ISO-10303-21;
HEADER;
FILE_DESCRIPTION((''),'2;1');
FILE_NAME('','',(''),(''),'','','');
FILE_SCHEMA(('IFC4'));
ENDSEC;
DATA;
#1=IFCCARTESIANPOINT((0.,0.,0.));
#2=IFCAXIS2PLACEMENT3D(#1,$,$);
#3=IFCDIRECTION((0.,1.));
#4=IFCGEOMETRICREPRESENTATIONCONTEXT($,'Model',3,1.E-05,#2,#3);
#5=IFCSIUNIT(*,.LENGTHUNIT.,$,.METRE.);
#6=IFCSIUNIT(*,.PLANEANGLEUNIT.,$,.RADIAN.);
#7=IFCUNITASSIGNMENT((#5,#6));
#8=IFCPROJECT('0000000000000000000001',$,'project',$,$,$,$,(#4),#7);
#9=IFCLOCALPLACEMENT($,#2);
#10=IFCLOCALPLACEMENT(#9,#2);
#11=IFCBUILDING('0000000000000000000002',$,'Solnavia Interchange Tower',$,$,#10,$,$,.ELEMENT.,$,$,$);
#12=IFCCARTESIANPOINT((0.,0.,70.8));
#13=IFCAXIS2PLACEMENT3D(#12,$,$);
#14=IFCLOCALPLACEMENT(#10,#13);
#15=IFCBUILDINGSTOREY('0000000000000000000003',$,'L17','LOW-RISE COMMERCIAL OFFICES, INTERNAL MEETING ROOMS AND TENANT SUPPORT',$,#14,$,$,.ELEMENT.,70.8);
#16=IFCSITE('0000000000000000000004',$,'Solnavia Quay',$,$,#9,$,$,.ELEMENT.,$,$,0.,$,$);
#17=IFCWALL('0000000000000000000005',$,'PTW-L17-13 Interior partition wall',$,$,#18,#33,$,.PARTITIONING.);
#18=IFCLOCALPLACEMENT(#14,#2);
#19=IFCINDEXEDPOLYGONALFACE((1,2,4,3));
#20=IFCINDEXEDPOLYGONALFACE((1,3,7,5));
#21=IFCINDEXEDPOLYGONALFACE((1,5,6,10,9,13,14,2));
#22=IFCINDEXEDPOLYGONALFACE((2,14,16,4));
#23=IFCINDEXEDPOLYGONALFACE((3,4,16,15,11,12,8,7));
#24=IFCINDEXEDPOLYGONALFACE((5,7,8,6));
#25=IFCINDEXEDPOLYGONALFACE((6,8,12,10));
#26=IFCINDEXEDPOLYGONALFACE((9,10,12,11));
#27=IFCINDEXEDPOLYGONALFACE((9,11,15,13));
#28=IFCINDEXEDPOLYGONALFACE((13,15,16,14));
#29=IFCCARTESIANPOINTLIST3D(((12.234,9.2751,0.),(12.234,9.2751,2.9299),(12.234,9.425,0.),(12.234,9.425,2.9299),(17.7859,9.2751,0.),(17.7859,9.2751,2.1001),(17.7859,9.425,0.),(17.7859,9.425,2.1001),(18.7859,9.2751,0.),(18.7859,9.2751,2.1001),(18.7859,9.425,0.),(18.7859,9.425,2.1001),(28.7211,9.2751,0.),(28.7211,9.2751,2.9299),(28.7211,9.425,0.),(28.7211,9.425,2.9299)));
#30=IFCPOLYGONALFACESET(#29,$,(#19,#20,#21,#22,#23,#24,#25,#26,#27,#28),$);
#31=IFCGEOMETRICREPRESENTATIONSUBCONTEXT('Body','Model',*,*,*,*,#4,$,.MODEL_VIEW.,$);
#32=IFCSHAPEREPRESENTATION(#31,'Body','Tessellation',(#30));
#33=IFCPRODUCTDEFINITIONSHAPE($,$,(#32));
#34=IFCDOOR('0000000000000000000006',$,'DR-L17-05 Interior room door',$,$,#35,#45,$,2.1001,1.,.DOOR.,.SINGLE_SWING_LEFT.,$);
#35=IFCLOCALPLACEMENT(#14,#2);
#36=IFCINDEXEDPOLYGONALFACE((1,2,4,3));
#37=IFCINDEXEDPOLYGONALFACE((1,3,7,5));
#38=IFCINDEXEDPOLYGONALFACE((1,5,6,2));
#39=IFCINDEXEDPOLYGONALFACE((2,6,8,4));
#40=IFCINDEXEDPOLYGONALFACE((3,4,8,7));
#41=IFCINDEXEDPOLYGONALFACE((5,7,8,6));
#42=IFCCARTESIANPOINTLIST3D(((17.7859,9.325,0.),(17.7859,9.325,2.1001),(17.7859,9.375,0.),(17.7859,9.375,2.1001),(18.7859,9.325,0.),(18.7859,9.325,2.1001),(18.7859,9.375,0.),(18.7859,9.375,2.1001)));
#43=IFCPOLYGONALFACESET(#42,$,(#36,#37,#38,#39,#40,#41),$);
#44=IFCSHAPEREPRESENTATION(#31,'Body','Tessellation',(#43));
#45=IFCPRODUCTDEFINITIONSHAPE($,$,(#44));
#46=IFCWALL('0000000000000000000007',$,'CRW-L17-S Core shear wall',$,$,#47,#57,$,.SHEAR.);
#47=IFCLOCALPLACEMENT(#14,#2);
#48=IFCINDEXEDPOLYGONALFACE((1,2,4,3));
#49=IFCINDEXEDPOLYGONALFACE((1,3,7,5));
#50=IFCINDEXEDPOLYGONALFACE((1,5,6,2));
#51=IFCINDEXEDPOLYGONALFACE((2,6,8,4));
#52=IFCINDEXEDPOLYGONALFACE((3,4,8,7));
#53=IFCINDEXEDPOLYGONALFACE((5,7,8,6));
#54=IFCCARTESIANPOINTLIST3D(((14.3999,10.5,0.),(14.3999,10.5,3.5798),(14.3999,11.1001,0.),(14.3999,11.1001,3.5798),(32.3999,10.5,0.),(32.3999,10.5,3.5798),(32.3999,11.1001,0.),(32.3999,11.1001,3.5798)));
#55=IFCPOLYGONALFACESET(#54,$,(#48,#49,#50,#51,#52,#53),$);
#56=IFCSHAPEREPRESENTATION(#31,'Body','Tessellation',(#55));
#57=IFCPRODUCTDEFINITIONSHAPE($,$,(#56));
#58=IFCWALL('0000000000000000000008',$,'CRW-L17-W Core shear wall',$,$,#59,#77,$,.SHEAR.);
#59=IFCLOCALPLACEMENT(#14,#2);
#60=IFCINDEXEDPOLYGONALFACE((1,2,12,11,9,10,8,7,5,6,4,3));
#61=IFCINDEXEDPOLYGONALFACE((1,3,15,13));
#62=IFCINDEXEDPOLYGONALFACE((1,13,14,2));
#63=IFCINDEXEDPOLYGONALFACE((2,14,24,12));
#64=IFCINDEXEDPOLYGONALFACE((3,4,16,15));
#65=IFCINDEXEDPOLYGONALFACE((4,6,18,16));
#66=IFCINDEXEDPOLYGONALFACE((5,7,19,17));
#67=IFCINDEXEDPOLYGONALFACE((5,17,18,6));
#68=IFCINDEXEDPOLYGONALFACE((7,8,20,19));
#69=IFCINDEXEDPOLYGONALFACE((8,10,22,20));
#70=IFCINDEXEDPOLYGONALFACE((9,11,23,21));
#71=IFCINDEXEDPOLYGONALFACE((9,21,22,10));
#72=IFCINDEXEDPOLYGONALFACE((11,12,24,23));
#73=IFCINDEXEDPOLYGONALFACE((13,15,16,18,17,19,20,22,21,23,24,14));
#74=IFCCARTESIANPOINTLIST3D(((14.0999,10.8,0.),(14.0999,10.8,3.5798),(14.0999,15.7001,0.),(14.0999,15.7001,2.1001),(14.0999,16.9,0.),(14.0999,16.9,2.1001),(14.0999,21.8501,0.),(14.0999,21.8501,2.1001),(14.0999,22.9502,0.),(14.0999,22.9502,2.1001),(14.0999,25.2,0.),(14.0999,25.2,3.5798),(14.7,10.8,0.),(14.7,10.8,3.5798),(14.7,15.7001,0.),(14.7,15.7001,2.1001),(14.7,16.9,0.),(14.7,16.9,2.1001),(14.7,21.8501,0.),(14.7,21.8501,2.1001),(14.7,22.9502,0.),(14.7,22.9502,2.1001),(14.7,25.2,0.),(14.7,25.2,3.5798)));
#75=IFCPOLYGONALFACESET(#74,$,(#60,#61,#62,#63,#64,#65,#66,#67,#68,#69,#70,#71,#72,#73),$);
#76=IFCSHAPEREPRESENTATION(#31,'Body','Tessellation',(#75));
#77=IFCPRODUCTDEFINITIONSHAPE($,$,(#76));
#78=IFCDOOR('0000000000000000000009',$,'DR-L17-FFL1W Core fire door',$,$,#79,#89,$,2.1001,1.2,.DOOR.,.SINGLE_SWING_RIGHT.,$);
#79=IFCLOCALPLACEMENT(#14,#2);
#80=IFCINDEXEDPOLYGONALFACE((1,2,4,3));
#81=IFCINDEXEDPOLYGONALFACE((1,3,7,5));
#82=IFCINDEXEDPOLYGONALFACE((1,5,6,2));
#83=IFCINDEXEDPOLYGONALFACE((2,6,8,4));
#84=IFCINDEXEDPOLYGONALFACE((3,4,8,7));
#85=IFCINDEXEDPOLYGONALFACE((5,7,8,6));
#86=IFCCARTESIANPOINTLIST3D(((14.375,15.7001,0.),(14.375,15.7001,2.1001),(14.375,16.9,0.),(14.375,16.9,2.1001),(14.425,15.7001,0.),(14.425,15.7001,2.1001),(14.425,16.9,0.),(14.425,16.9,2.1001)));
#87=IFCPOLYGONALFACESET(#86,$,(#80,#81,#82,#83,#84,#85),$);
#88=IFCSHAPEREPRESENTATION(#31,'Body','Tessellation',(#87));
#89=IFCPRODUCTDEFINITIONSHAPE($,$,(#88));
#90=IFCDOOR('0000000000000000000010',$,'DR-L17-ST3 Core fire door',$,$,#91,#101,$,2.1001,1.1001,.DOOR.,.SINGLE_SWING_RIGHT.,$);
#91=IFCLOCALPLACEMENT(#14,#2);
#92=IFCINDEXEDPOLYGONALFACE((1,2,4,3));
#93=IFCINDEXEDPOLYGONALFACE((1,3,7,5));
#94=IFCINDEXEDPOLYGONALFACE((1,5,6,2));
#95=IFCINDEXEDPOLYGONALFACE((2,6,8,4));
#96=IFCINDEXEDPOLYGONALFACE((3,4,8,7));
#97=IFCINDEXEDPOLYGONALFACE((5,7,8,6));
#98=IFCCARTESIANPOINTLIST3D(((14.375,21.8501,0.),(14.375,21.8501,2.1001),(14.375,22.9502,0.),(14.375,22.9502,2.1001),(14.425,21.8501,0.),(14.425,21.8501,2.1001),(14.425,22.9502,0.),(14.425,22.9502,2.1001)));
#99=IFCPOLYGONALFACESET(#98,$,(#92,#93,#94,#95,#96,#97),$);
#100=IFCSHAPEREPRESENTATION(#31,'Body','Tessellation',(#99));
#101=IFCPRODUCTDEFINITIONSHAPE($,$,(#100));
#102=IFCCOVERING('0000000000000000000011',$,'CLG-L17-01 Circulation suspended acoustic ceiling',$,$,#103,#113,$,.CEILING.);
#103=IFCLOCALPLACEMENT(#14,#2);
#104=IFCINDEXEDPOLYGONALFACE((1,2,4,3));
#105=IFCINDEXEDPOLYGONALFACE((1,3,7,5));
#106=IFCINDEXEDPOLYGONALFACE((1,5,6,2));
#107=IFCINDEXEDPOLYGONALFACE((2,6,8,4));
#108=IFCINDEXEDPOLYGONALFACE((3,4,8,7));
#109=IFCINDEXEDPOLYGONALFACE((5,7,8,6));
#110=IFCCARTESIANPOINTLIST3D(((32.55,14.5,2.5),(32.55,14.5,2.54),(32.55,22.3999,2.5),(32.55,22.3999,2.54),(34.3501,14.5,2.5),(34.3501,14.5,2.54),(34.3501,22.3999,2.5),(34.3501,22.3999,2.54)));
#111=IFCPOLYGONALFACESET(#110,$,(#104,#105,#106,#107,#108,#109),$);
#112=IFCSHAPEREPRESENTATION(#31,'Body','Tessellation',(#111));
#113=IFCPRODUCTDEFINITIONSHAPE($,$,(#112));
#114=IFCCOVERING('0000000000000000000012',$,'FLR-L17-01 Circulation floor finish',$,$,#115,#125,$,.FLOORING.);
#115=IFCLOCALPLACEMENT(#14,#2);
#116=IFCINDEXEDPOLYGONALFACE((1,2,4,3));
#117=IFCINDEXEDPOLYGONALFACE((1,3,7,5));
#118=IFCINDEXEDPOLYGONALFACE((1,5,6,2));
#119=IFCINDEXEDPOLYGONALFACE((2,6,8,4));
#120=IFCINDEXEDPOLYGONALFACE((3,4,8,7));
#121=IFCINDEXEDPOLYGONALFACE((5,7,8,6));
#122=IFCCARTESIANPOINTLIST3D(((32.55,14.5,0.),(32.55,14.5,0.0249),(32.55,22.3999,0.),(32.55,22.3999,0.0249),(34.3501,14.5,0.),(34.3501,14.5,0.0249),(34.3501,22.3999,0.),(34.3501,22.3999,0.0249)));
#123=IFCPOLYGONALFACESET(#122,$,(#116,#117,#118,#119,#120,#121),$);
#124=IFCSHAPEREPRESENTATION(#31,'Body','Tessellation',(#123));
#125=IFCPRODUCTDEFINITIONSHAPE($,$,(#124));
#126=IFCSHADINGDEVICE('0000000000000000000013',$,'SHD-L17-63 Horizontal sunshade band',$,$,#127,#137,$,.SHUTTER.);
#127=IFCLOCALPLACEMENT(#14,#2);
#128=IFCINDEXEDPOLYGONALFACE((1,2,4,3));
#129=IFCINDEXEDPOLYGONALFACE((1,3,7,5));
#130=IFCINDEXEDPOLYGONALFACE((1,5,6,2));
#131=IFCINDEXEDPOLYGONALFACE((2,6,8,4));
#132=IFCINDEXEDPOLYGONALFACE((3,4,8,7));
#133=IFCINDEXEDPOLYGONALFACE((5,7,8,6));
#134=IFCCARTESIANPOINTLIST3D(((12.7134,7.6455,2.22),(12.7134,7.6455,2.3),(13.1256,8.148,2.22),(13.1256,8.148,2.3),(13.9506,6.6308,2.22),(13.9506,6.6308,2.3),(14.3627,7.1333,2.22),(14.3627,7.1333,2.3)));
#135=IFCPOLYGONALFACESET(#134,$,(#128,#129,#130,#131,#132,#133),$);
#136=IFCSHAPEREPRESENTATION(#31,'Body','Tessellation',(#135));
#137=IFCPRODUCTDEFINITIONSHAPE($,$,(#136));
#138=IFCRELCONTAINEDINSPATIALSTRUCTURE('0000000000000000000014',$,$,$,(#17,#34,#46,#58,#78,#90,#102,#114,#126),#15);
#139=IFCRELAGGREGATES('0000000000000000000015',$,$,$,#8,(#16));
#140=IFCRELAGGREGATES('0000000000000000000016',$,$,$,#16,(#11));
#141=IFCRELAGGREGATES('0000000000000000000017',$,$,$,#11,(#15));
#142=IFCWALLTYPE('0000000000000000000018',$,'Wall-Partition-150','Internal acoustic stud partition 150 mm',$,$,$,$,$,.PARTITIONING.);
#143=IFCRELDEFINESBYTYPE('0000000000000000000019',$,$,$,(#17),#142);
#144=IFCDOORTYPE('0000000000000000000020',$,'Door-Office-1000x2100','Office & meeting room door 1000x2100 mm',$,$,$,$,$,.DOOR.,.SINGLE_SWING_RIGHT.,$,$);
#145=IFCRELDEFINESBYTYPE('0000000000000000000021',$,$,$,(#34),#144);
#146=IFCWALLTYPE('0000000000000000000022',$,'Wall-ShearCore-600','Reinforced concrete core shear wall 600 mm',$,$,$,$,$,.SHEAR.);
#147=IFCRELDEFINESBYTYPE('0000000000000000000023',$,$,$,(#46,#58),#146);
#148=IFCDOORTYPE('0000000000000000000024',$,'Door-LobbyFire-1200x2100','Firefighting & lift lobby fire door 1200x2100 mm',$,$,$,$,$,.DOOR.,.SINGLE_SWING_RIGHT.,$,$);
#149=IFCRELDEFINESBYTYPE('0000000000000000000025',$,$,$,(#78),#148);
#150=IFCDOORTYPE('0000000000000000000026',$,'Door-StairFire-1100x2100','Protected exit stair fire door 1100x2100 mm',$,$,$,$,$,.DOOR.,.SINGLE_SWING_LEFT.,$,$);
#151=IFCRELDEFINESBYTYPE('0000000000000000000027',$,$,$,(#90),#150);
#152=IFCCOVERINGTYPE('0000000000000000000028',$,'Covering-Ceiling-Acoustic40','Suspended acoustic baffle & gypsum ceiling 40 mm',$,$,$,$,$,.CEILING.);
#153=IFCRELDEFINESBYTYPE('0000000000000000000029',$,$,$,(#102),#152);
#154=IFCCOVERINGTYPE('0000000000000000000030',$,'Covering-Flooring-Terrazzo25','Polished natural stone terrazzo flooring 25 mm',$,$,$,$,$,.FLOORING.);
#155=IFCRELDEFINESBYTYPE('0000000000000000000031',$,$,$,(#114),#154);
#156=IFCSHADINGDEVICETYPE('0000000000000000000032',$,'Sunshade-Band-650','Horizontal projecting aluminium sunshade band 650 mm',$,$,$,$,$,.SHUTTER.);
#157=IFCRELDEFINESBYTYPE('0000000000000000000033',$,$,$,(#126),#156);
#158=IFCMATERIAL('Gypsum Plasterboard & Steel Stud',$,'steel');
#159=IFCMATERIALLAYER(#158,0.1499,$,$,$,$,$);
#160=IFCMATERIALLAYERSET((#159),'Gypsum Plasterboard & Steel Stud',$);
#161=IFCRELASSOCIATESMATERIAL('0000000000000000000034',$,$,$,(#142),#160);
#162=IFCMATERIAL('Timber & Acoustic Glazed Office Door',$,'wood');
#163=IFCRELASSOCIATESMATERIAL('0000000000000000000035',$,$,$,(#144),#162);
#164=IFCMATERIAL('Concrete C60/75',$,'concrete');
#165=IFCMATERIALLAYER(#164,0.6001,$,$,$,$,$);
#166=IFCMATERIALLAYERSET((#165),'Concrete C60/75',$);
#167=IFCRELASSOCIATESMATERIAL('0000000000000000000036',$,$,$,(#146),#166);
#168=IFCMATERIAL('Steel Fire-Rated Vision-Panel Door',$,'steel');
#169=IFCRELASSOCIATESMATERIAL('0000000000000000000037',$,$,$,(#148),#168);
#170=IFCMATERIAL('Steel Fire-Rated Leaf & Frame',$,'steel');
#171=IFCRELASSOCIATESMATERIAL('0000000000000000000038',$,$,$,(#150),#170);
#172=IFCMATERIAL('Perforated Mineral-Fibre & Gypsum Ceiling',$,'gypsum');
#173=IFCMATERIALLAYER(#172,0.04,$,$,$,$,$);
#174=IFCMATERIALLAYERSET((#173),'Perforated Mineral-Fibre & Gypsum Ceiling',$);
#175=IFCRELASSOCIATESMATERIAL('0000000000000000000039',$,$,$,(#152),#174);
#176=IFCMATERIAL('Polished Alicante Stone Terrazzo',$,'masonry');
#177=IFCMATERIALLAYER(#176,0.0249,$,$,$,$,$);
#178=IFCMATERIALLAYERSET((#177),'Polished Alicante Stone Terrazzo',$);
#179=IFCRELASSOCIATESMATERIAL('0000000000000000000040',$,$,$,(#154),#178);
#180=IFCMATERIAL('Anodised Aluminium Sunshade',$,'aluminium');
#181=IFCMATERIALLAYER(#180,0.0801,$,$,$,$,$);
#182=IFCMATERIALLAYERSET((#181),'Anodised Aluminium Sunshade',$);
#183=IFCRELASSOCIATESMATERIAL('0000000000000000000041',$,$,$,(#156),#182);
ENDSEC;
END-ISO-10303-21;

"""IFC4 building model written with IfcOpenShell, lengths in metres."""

from ifc_helpers import new_model, si_unit, direction, frame, frame_2d, origin, origin_2d, place, context, subcontext, project, spatial, polyline, rectangle, outline, extrude, material, layer, layer_set, type_object, element, fill, save


model = new_model("IFC4")

# Units and contexts
model_context = context("Model", 3, precision=1e-05, world=origin(), true_north=direction((0.0, 1.0)))
body_context = subcontext(model_context, "Body", "Model", "MODEL_VIEW")
ifc_project = project(units=[si_unit("LENGTHUNIT", "METRE"), si_unit("PLANEANGLEUNIT", "RADIAN")], contexts=[model_context])

# Site, building, storey
site_placement = place(None, origin())
site = spatial("IfcSite", under=ifc_project, at=site_placement, Name="Solnavia Quay", CompositionType="ELEMENT", RefElevation=0.0)
building_placement = place(site_placement, origin())
building = spatial("IfcBuilding", under=site, at=building_placement, Name="Solnavia Interchange Tower", CompositionType="ELEMENT")
storey_placement = place(building_placement, frame((0.0, 0.0, 70.8)))
storey = spatial("IfcBuildingStorey", under=building, at=storey_placement, Name="L17", Description="LOW-RISE COMMERCIAL OFFICES, INTERNAL MEETING ROOMS AND TENANT SUPPORT", CompositionType="ELEMENT", Elevation=70.8)

# Shared definitions
ifc_material_1 = material(Name="Concrete C60/75", Category="concrete")

# Shared definitions
ifc_material_2 = material(Name="Gypsum Plasterboard & Steel Stud", Category="steel")
ifc_layer_1 = layer(ifc_material_2, 0.1499)
ifc_layer_set_1 = layer_set([ifc_layer_1], Name="Gypsum Plasterboard & Steel Stud")
wall_type_1 = type_object("IfcWallType", Name="Wall-Partition-150", Description="Internal acoustic stud partition 150 mm", PredefinedType="PARTITIONING", material=ifc_layer_set_1)

# Wall, opening, door
ifc_material_3 = material(Name="Timber & Acoustic Glazed Office Door", Category="wood")
door_type_1 = type_object("IfcDoorType", Name="Door-Office-1000x2100", Description="Office & meeting room door 1000x2100 mm", OperationType="SINGLE_SWING_RIGHT", PredefinedType="DOOR", material=ifc_material_3)
wall_1_placement = place(storey_placement, frame((12.2339, 9.3501, 0.0), z_axis=(0.0, 0.0, 1.0), x_axis=(1.0, 0.0, 0.0)))
wall_1 = element("IfcWall", 1, at=wall_1_placement, inside=storey, type_object=wall_type_1, Name="PTW-L17-13 Interior partition wall", PredefinedType="PARTITIONING", context=body_context, shape_type="SweptSolid", body=[
    extrude(rectangle(XDim=16.4871, YDim=0.1499, at=frame_2d((8.2437, 0.0))), origin(), (0.0, 0.0, 1.0), 2.9299),
])
opening_1_placement = place(wall_1_placement, frame((5.552, 0.0, 0.0)))
opening_1 = element("IfcOpeningElement", 2, at=opening_1_placement, cuts=wall_1, PredefinedType="OPENING", context=body_context, shape_type="SweptSolid", body=[
    extrude(rectangle(XDim=1.0, YDim=2.1001, at=frame_2d((0.5, 1.05))), frame((0.0, 0.085, 0.0), z_axis=(0.0, -1.0, 0.0), x_axis=(1.0, 0.0, 0.0)), (0.0, 0.0, 1.0), 0.1699),
])
door_1_placement = place(opening_1_placement, origin())
door_1 = element("IfcDoor", 3, at=door_1_placement, inside=storey, type_object=door_type_1, Name="DR-L17-05 Interior room door", OperationType="SINGLE_SWING_LEFT", OverallHeight=2.1001, OverallWidth=1.0, PredefinedType="DOOR", context=body_context, shape_type="SweptSolid", body=[
    extrude(rectangle(XDim=1.0, YDim=2.1001, at=frame_2d((0.5, 1.05))), frame((0.0, 0.0249, 0.0), z_axis=(0.0, -1.0, 0.0), x_axis=(1.0, 0.0, 0.0)), (0.0, 0.0, 1.0), 0.05),
])
fill(opening_1, door_1)

# Wall
ifc_layer_2 = layer(ifc_material_1, 0.6001)
ifc_layer_set_2 = layer_set([ifc_layer_2], Name="Concrete C60/75")
wall_type_2 = type_object("IfcWallType", Name="Wall-ShearCore-600", Description="Reinforced concrete core shear wall 600 mm", PredefinedType="SHEAR", material=ifc_layer_set_2)
wall_2_placement = place(storey_placement, frame((14.3999, 10.8, 0.0), z_axis=(0.0, 0.0, 1.0), x_axis=(1.0, 0.0, 0.0)))
element("IfcWall", 4, at=wall_2_placement, inside=storey, type_object=wall_type_2, Name="CRW-L17-S Core shear wall", PredefinedType="SHEAR", context=body_context, shape_type="SweptSolid", body=[
    extrude(rectangle(XDim=18.0, YDim=0.6001, at=frame_2d((9.0, 0.0))), origin(), (0.0, 0.0, 1.0), 3.5798),
])

# Wall, openings, doors
wall_3_placement = place(storey_placement, frame((14.3999, 10.8, 0.0), z_axis=(0.0, 0.0, 1.0), x_axis=(0.0, 1.0, 0.0)))
wall_3 = element("IfcWall", 5, at=wall_3_placement, inside=storey, type_object=wall_type_2, Name="CRW-L17-W Core shear wall", PredefinedType="SHEAR", context=body_context, shape_type="SweptSolid", body=[
    extrude(rectangle(XDim=14.3999, YDim=0.6001, at=frame_2d((7.2, 0.0))), origin(), (0.0, 0.0, 1.0), 3.5798),
])
opening_2_placement = place(wall_3_placement, frame((11.05, 0.0, 0.0)))
opening_2 = element("IfcOpeningElement", 6, at=opening_2_placement, cuts=wall_3, PredefinedType="OPENING", context=body_context, shape_type="SweptSolid", body=[
    extrude(rectangle(XDim=1.1001, YDim=2.1001, at=frame_2d((0.55, 1.05))), frame((0.0, 0.3101, 0.0), z_axis=(0.0, -1.0, 0.0), x_axis=(1.0, 0.0, 0.0)), (0.0, 0.0, 1.0), 0.6201),
])
opening_3_placement = place(wall_3_placement, frame((4.8999, 0.0, 0.0)))
opening_3 = element("IfcOpeningElement", 7, at=opening_3_placement, cuts=wall_3, PredefinedType="OPENING", context=body_context, shape_type="SweptSolid", body=[
    extrude(rectangle(XDim=1.2, YDim=2.1001, at=frame_2d((0.6001, 1.05))), frame((0.0, 0.3101, 0.0), z_axis=(0.0, -1.0, 0.0), x_axis=(1.0, 0.0, 0.0)), (0.0, 0.0, 1.0), 0.6201),
])
ifc_material_4 = material(Name="Steel Fire-Rated Vision-Panel Door", Category="steel")
door_type_2 = type_object("IfcDoorType", Name="Door-LobbyFire-1200x2100", Description="Firefighting & lift lobby fire door 1200x2100 mm", OperationType="SINGLE_SWING_RIGHT", PredefinedType="DOOR", material=ifc_material_4)
door_2_placement = place(opening_3_placement, origin())
door_2 = element("IfcDoor", 8, at=door_2_placement, inside=storey, type_object=door_type_2, Name="DR-L17-FFL1W Core fire door", OperationType="SINGLE_SWING_RIGHT", OverallHeight=2.1001, OverallWidth=1.2, PredefinedType="DOOR", context=body_context, shape_type="SweptSolid", body=[
    extrude(rectangle(XDim=1.2, YDim=2.1001, at=frame_2d((0.6001, 1.05))), frame((0.0, 0.0249, 0.0), z_axis=(0.0, -1.0, 0.0), x_axis=(1.0, 0.0, 0.0)), (0.0, 0.0, 1.0), 0.05),
])
fill(opening_3, door_2)
ifc_material_5 = material(Name="Steel Fire-Rated Leaf & Frame", Category="steel")
door_type_3 = type_object("IfcDoorType", Name="Door-StairFire-1100x2100", Description="Protected exit stair fire door 1100x2100 mm", OperationType="SINGLE_SWING_LEFT", PredefinedType="DOOR", material=ifc_material_5)
door_3_placement = place(opening_2_placement, origin())
door_3 = element("IfcDoor", 9, at=door_3_placement, inside=storey, type_object=door_type_3, Name="DR-L17-ST3 Core fire door", OperationType="SINGLE_SWING_RIGHT", OverallHeight=2.1001, OverallWidth=1.1001, PredefinedType="DOOR", context=body_context, shape_type="SweptSolid", body=[
    extrude(rectangle(XDim=1.1001, YDim=2.1001, at=frame_2d((0.55, 1.05))), frame((0.0, 0.0249, 0.0), z_axis=(0.0, -1.0, 0.0), x_axis=(1.0, 0.0, 0.0)), (0.0, 0.0, 1.0), 0.05),
])
fill(opening_2, door_3)

# Coverings
ifc_material_6 = material(Name="Perforated Mineral-Fibre & Gypsum Ceiling", Category="gypsum")
ifc_layer_3 = layer(ifc_material_6, 0.04)
ifc_layer_set_3 = layer_set([ifc_layer_3], Name="Perforated Mineral-Fibre & Gypsum Ceiling")
covering_type_1 = type_object("IfcCoveringType", Name="Covering-Ceiling-Acoustic40", Description="Suspended acoustic baffle & gypsum ceiling 40 mm", PredefinedType="CEILING", material=ifc_layer_set_3)
covering_1_placement = place(storey_placement, frame((0.0, 0.0, 2.5)))
element("IfcCovering", 10, at=covering_1_placement, inside=storey, type_object=covering_type_1, Name="CLG-L17-01 Circulation suspended acoustic ceiling", PredefinedType="CEILING", context=body_context, shape_type="SweptSolid", body=[
    extrude(outline(polyline([(32.55, 14.5), (34.3501, 14.5), (34.3501, 22.3999), (32.55, 22.3999), (32.55, 14.5)])), origin(), (0.0, 0.0, 1.0), 0.04),
])
ifc_material_7 = material(Name="Polished Alicante Stone Terrazzo", Category="masonry")
ifc_layer_4 = layer(ifc_material_7, 0.0249)
ifc_layer_set_4 = layer_set([ifc_layer_4], Name="Polished Alicante Stone Terrazzo")
covering_type_2 = type_object("IfcCoveringType", Name="Covering-Flooring-Terrazzo25", Description="Polished natural stone terrazzo flooring 25 mm", PredefinedType="FLOORING", material=ifc_layer_set_4)
covering_2_placement = place(storey_placement, origin())
element("IfcCovering", 11, at=covering_2_placement, inside=storey, type_object=covering_type_2, Name="FLR-L17-01 Circulation floor finish", PredefinedType="FLOORING", context=body_context, shape_type="SweptSolid", body=[
    extrude(outline(polyline([(32.55, 14.5), (34.3501, 14.5), (34.3501, 22.3999), (32.55, 22.3999), (32.55, 14.5)])), origin(), (0.0, 0.0, 1.0), 0.0249),
])

# Shading device
ifc_material_8 = material(Name="Anodised Aluminium Sunshade", Category="aluminium")
ifc_layer_5 = layer(ifc_material_8, 0.0801)
ifc_layer_set_5 = layer_set([ifc_layer_5], Name="Anodised Aluminium Sunshade")
shading_device_type = type_object("IfcShadingDeviceType", Name="Sunshade-Band-650", Description="Horizontal projecting aluminium sunshade band 650 mm", PredefinedType="SHUTTER", material=ifc_layer_set_5)
shading_device_placement = place(storey_placement, frame((13.5381, 7.3894, 2.22), z_axis=(0.0, 0.0, 1.0), x_axis=(-0.773177, 0.634191, 0.0)))
element("IfcShadingDevice", 12, at=shading_device_placement, inside=storey, type_object=shading_device_type, Name="SHD-L17-63 Horizontal sunshade band", PredefinedType="SHUTTER", context=body_context, shape_type="SweptSolid", body=[
    extrude(rectangle(XDim=1.6001, YDim=0.6499, at=origin_2d()), origin(), (0.0, 0.0, 1.0), 0.0801),
])

save(model, "model.ifc")
